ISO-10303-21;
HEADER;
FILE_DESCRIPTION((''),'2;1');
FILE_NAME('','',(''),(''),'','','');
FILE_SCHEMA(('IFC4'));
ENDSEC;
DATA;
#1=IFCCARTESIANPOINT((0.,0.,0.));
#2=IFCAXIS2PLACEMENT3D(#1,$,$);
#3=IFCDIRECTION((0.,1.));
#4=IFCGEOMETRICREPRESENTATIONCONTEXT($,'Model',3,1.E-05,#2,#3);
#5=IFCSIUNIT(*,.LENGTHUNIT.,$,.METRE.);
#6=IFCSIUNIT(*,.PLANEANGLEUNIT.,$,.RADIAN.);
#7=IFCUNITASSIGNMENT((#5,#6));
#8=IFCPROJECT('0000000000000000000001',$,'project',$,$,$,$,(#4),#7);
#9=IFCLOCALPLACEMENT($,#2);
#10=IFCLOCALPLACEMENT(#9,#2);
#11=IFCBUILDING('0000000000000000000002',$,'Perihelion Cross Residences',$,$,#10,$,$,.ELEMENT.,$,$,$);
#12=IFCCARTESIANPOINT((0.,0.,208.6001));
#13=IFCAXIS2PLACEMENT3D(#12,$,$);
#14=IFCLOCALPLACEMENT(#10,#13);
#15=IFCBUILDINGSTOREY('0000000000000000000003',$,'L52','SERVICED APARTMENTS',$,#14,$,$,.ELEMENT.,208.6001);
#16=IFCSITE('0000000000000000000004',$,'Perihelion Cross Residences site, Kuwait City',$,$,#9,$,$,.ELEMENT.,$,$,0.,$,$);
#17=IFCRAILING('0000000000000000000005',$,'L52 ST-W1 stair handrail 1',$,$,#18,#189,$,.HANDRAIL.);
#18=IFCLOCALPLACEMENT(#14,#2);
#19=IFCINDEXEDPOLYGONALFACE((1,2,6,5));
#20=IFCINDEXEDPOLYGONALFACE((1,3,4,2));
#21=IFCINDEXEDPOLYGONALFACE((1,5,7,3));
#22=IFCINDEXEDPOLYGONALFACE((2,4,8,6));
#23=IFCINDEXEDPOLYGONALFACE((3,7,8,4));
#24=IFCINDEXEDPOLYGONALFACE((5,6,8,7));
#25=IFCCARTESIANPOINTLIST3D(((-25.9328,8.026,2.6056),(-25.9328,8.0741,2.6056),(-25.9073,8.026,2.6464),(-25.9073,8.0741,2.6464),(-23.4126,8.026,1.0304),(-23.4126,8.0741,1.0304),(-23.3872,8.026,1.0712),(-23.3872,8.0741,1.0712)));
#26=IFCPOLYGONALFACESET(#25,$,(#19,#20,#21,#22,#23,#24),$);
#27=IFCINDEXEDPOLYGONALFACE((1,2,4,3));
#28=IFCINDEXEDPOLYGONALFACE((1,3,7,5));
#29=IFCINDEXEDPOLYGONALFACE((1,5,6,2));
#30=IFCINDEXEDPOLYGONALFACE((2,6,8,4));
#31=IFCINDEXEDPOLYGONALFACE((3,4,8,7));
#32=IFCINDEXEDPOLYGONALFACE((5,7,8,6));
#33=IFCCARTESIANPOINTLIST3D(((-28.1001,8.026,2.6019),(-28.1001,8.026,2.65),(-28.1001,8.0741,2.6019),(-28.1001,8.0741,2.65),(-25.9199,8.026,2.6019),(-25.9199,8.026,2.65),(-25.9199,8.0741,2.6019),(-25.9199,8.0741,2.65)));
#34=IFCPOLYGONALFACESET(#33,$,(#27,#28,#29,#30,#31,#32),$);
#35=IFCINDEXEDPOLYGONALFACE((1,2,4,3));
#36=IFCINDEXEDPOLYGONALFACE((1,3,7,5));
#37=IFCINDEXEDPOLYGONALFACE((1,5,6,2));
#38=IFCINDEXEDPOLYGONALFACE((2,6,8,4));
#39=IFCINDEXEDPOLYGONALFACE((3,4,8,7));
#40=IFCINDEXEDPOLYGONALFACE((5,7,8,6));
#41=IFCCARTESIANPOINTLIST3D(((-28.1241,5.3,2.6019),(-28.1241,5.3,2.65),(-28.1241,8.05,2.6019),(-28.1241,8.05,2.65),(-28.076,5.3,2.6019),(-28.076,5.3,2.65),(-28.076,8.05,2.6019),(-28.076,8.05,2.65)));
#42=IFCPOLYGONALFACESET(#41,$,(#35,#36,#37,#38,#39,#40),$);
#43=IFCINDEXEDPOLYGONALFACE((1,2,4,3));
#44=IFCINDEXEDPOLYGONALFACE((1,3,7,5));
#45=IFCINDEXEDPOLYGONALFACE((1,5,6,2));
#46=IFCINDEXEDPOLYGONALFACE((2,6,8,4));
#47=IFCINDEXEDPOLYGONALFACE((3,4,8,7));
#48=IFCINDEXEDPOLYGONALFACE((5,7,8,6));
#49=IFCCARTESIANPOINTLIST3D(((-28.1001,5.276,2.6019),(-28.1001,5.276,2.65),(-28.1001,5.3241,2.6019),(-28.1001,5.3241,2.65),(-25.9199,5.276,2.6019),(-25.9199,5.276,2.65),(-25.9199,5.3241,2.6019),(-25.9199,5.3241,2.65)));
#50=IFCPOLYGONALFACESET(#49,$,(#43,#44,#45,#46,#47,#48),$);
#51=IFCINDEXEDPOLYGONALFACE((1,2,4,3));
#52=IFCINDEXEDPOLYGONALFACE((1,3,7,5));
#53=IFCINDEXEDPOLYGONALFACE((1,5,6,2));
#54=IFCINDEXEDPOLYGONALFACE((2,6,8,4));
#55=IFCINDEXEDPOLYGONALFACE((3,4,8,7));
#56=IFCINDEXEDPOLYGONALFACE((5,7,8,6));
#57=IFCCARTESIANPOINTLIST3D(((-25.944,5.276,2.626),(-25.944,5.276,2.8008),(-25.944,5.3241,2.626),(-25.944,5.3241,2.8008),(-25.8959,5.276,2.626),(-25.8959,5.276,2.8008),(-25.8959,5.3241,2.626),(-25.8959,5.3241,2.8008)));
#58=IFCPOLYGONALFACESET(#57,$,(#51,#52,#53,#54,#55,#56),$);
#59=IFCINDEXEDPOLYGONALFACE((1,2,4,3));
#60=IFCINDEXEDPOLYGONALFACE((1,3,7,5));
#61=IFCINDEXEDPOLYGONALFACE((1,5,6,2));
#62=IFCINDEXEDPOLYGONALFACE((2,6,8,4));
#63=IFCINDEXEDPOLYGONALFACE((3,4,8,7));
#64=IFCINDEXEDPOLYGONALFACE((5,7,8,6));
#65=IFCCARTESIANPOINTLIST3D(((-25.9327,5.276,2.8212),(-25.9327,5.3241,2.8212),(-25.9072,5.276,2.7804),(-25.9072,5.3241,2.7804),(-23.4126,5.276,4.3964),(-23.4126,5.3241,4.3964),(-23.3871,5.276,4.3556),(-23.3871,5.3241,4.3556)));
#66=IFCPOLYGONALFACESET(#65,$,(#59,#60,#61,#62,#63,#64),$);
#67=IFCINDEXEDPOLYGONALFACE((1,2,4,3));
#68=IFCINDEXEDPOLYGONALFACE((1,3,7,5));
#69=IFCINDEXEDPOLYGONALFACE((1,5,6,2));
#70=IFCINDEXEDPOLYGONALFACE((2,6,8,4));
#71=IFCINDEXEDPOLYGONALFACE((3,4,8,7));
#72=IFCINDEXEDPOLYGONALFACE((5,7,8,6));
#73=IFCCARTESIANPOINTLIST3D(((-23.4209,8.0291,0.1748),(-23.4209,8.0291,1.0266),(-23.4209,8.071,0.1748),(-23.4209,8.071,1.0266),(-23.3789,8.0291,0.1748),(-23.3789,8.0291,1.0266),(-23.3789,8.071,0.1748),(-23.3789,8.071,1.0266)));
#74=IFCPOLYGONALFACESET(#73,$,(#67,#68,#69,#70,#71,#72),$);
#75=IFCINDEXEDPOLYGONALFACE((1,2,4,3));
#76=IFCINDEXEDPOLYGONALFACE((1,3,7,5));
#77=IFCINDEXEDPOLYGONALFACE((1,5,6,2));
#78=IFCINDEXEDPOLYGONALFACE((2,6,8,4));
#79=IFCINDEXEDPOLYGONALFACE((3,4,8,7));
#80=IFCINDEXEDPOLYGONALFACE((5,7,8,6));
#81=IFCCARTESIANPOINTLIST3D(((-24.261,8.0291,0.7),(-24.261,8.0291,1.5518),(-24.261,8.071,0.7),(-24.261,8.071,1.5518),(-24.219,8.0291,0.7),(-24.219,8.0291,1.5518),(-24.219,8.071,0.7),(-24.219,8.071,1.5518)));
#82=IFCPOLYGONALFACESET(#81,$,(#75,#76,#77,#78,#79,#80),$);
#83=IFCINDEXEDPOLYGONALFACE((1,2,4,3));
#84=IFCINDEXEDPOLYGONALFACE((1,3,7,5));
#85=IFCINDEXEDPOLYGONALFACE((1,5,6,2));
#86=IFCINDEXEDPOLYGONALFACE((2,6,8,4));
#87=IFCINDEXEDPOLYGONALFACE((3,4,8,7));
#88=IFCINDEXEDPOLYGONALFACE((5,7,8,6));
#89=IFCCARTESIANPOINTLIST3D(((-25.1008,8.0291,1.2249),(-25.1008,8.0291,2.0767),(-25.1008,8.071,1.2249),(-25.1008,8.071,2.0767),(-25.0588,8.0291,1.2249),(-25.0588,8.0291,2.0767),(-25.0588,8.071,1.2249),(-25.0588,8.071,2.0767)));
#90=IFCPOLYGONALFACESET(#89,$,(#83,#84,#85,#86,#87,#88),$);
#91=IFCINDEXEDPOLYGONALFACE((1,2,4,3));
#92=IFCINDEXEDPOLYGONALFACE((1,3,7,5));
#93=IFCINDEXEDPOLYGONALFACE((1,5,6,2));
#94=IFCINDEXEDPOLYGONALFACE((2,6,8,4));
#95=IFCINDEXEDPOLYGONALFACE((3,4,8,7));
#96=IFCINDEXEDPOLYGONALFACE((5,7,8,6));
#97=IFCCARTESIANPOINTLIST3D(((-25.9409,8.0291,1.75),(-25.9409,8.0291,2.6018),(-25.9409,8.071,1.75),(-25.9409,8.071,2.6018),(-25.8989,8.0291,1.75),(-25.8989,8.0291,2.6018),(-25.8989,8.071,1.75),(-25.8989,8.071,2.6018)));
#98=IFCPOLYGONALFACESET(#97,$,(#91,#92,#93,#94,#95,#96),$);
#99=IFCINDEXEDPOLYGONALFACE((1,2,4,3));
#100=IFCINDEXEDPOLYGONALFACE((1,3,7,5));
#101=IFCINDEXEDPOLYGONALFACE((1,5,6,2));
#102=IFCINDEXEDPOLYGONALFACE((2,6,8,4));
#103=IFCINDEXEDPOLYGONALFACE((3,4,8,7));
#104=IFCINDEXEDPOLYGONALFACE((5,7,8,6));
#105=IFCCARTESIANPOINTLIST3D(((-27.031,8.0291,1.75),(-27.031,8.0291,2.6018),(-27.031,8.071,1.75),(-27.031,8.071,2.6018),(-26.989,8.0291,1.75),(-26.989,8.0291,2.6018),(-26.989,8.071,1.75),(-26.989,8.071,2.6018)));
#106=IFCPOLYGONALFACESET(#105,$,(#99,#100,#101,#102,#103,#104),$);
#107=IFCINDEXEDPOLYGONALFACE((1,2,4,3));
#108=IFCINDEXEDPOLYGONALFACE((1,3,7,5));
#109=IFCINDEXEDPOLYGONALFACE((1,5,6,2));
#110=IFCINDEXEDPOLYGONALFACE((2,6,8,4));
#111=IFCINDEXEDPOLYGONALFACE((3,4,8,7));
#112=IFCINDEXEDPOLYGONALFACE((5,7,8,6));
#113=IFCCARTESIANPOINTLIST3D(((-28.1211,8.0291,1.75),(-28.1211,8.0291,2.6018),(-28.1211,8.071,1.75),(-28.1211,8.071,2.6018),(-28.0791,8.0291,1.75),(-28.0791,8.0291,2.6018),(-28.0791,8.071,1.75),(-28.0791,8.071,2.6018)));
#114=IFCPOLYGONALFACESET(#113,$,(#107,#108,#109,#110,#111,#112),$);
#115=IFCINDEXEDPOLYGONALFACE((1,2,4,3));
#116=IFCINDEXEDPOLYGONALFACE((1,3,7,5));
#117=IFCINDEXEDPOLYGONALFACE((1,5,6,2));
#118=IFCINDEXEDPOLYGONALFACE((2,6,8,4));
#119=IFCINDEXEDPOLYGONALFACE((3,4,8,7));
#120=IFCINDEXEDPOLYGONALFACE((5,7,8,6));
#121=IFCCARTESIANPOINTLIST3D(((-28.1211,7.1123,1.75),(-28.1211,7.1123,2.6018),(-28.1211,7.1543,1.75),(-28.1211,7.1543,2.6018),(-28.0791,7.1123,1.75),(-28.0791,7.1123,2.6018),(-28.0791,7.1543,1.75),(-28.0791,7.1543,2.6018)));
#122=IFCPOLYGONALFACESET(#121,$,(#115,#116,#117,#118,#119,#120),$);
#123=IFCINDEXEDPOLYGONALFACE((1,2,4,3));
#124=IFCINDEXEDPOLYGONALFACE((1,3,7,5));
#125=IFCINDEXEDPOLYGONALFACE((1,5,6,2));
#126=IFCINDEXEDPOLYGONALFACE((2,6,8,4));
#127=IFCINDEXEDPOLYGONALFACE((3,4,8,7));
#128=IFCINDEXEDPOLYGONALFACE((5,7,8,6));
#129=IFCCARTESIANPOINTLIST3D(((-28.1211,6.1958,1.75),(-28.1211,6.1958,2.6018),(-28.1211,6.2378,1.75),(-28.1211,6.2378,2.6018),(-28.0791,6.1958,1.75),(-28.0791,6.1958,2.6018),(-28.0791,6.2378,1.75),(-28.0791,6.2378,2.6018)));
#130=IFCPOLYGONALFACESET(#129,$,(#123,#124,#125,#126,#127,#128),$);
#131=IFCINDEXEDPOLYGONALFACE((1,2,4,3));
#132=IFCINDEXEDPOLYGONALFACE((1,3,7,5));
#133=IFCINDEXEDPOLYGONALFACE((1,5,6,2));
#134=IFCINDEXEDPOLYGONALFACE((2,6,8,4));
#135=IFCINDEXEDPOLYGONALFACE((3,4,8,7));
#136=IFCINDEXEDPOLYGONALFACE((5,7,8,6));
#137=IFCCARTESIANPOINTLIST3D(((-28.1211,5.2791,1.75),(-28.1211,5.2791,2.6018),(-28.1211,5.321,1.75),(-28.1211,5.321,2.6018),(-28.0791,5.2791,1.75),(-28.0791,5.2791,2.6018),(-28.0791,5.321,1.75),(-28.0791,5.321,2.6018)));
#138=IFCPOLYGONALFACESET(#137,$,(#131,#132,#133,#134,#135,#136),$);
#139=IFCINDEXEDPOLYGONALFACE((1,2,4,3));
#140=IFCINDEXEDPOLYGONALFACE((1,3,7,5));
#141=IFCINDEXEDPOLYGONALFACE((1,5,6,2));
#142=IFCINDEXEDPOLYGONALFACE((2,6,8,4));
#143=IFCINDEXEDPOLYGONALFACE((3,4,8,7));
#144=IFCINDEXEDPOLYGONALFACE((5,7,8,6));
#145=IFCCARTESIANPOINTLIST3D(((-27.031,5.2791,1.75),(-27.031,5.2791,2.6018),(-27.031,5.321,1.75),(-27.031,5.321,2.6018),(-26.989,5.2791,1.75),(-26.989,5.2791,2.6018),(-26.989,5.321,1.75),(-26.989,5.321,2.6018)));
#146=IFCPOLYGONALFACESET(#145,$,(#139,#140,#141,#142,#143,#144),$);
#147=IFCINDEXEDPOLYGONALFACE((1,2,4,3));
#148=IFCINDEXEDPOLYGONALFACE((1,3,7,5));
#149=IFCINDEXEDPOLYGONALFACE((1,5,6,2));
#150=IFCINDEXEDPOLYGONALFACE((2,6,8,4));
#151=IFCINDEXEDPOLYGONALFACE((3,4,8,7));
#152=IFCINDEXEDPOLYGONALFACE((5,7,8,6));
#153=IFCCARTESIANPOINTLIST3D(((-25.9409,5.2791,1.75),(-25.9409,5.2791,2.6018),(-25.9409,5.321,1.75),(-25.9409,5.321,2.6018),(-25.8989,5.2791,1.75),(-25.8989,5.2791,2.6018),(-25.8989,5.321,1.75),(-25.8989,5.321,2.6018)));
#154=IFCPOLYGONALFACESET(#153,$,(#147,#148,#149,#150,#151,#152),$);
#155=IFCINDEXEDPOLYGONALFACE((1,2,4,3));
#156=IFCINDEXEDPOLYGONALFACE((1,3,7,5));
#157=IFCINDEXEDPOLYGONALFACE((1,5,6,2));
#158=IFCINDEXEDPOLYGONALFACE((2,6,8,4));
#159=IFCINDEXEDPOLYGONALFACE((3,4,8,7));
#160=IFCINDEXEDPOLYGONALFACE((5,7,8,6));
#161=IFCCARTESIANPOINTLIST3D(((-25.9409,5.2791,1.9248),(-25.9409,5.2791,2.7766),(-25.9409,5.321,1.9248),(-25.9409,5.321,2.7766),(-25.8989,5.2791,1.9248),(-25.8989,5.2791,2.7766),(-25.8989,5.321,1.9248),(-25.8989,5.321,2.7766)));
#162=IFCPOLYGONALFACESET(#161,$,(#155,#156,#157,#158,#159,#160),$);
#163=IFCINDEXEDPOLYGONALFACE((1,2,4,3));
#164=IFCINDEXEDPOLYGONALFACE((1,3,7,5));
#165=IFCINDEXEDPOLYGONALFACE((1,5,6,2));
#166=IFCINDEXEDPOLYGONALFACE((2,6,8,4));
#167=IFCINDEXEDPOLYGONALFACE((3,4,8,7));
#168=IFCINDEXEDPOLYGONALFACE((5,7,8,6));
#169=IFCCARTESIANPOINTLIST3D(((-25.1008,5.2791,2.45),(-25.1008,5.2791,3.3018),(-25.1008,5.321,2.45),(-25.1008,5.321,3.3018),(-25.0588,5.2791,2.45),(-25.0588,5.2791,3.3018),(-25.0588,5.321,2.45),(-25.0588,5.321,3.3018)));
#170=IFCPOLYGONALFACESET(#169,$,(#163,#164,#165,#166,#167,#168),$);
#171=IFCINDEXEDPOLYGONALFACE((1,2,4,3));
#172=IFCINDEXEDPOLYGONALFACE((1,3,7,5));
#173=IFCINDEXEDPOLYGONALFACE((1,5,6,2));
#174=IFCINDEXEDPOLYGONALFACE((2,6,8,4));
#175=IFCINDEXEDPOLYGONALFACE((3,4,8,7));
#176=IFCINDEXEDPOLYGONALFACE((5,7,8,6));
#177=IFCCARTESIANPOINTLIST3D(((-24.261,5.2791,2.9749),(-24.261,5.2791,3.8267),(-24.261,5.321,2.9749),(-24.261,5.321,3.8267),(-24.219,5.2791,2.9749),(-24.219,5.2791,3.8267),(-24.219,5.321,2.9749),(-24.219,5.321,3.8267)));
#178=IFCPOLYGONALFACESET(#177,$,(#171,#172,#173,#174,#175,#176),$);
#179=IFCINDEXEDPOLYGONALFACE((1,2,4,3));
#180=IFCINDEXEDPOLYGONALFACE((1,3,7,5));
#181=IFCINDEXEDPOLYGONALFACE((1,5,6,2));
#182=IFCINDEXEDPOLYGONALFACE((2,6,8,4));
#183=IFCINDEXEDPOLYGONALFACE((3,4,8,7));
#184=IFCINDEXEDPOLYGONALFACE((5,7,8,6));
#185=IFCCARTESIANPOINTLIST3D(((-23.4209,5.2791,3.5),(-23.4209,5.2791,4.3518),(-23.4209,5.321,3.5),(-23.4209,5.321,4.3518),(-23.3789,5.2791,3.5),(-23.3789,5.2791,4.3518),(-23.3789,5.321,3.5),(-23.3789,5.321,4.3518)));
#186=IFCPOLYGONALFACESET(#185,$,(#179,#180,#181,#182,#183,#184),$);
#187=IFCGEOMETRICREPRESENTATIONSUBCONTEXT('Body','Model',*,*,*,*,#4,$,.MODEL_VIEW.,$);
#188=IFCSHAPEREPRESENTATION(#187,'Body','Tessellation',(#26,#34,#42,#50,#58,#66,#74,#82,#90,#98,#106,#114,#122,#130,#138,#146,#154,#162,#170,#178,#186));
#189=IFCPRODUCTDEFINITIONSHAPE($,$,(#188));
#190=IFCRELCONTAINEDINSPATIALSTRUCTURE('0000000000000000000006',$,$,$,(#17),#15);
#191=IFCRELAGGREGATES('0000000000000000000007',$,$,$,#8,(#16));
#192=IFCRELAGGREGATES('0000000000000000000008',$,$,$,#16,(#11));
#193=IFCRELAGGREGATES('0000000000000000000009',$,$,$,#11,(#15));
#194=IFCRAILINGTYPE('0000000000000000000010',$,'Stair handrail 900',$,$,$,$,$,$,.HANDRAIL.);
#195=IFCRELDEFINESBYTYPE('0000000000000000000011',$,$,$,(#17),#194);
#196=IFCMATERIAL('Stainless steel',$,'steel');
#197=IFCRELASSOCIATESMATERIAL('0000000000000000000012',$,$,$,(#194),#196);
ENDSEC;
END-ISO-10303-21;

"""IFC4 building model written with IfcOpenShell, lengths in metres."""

from ifc_helpers import new_model, si_unit, direction, frame, origin, origin_2d, place, context, subcontext, project, spatial, rectangle, extrude, material, type_object, element, save


model = new_model("IFC4")

# Units and contexts
model_context = context("Model", 3, precision=1e-05, world=origin(), true_north=direction((0.0, 1.0)))
body_context = subcontext(model_context, "Body", "Model", "MODEL_VIEW")
ifc_project = project(units=[si_unit("LENGTHUNIT", "METRE"), si_unit("PLANEANGLEUNIT", "RADIAN")], contexts=[model_context])

# Site, building, storey
site_placement = place(None, origin())
site = spatial("IfcSite", under=ifc_project, at=site_placement, Name="Perihelion Cross Residences site, Kuwait City", CompositionType="ELEMENT", RefElevation=0.0)
building_placement = place(site_placement, origin())
building = spatial("IfcBuilding", under=site, at=building_placement, Name="Perihelion Cross Residences", CompositionType="ELEMENT")
storey_placement = place(building_placement, frame((0.0, 0.0, 208.6001)))
storey = spatial("IfcBuildingStorey", under=building, at=storey_placement, Name="L52", Description="SERVICED APARTMENTS", CompositionType="ELEMENT", Elevation=208.6001)

# Railing
ifc_material_1 = material(Name="Stainless steel", Category="steel")
railing_type_1 = type_object("IfcRailingType", Name="Stair handrail 900", PredefinedType="HANDRAIL", material=ifc_material_1)
railing_1_placement = place(storey_placement, frame((-23.3999, 8.05, 0.1748)))
element("IfcRailing", 1, at=railing_1_placement, inside=storey, type_object=railing_type_1, Name="L52 ST-W1 stair handrail 1", PredefinedType="HANDRAIL", context=body_context, shape_type="SweptSolid", body=[
    extrude(rectangle(XDim=0.0481, YDim=0.0481, at=origin_2d()), frame((0.0, 0.0, 0.876), z_axis=(-0.847971, 0.0, 0.530043), x_axis=(0.0, -1.0, 0.0)), (0.0, 0.0, 1.0), 2.9719),
    extrude(rectangle(XDim=0.0481, YDim=0.0481, at=origin_2d()), frame((-2.52, 0.0, 2.4512), z_axis=(-1.0, 0.0, 0.0), x_axis=(0.0, -1.0, 0.0)), (0.0, 0.0, 1.0), 2.1802),
    extrude(rectangle(XDim=0.0481, YDim=0.0481, at=origin_2d()), frame((-4.7002, 0.0, 2.4512), z_axis=(0.0, -1.0, 0.0), x_axis=(1.0, 0.0, 0.0)), (0.0, 0.0, 1.0), 2.75),
    extrude(rectangle(XDim=0.0481, YDim=0.0481, at=origin_2d()), frame((-4.7002, -2.75, 2.4512), z_axis=(1.0, 0.0, 0.0), x_axis=(0.0, 1.0, 0.0)), (0.0, 0.0, 1.0), 2.1802),
    extrude(rectangle(XDim=0.0481, YDim=0.0481, at=origin_2d()), frame((-2.52, -2.75, 2.4512), z_axis=(0.0, 0.0, 1.0), x_axis=(1.0, 0.0, 0.0)), (0.0, 0.0, 1.0), 0.1748),
    extrude(rectangle(XDim=0.0481, YDim=0.0481, at=origin_2d()), frame((-2.52, -2.75, 2.626), z_axis=(0.847971, 0.0, 0.530043), x_axis=(0.0, 1.0, 0.0)), (0.0, 0.0, 1.0), 2.9719),
    extrude(rectangle(XDim=0.042, YDim=0.042, at=origin_2d()), origin(), (0.0, 0.0, 1.0), 0.8518),
    extrude(rectangle(XDim=0.042, YDim=0.042, at=origin_2d()), frame((-0.8401, 0.0, 0.5251)), (0.0, 0.0, 1.0), 0.8518),
    extrude(rectangle(XDim=0.042, YDim=0.042, at=origin_2d()), frame((-1.6799, 0.0, 1.05)), (0.0, 0.0, 1.0), 0.8518),
    extrude(rectangle(XDim=0.042, YDim=0.042, at=origin_2d()), frame((-2.52, 0.0, 1.5752)), (0.0, 0.0, 1.0), 0.8518),
    extrude(rectangle(XDim=0.042, YDim=0.042, at=origin_2d()), frame((-3.6101, 0.0, 1.5752)), (0.0, 0.0, 1.0), 0.8518),
    extrude(rectangle(XDim=0.042, YDim=0.042, at=origin_2d()), frame((-4.7002, 0.0, 1.5752)), (0.0, 0.0, 1.0), 0.8518),
    extrude(rectangle(XDim=0.042, YDim=0.042, at=origin_2d()), frame((-4.7002, -0.9167, 1.5752)), (0.0, 0.0, 1.0), 0.8518),
    extrude(rectangle(XDim=0.042, YDim=0.042, at=origin_2d()), frame((-4.7002, -1.8333, 1.5752)), (0.0, 0.0, 1.0), 0.8518),
    extrude(rectangle(XDim=0.042, YDim=0.042, at=origin_2d()), frame((-4.7002, -2.75, 1.5752)), (0.0, 0.0, 1.0), 0.8518),
    extrude(rectangle(XDim=0.042, YDim=0.042, at=origin_2d()), frame((-3.6101, -2.75, 1.5752)), (0.0, 0.0, 1.0), 0.8518),
    extrude(rectangle(XDim=0.042, YDim=0.042, at=origin_2d()), frame((-2.52, -2.75, 1.5752)), (0.0, 0.0, 1.0), 0.8518),
    extrude(rectangle(XDim=0.042, YDim=0.042, at=origin_2d()), frame((-2.52, -2.75, 1.75)), (0.0, 0.0, 1.0), 0.8518),
    extrude(rectangle(XDim=0.042, YDim=0.042, at=origin_2d()), frame((-1.6799, -2.75, 2.2751)), (0.0, 0.0, 1.0), 0.8518),
    extrude(rectangle(XDim=0.042, YDim=0.042, at=origin_2d()), frame((-0.8401, -2.75, 2.8)), (0.0, 0.0, 1.0), 0.8518),
    extrude(rectangle(XDim=0.042, YDim=0.042, at=origin_2d()), frame((0.0, -2.75, 3.3252)), (0.0, 0.0, 1.0), 0.8518),
])

save(model, "model.ifc")
